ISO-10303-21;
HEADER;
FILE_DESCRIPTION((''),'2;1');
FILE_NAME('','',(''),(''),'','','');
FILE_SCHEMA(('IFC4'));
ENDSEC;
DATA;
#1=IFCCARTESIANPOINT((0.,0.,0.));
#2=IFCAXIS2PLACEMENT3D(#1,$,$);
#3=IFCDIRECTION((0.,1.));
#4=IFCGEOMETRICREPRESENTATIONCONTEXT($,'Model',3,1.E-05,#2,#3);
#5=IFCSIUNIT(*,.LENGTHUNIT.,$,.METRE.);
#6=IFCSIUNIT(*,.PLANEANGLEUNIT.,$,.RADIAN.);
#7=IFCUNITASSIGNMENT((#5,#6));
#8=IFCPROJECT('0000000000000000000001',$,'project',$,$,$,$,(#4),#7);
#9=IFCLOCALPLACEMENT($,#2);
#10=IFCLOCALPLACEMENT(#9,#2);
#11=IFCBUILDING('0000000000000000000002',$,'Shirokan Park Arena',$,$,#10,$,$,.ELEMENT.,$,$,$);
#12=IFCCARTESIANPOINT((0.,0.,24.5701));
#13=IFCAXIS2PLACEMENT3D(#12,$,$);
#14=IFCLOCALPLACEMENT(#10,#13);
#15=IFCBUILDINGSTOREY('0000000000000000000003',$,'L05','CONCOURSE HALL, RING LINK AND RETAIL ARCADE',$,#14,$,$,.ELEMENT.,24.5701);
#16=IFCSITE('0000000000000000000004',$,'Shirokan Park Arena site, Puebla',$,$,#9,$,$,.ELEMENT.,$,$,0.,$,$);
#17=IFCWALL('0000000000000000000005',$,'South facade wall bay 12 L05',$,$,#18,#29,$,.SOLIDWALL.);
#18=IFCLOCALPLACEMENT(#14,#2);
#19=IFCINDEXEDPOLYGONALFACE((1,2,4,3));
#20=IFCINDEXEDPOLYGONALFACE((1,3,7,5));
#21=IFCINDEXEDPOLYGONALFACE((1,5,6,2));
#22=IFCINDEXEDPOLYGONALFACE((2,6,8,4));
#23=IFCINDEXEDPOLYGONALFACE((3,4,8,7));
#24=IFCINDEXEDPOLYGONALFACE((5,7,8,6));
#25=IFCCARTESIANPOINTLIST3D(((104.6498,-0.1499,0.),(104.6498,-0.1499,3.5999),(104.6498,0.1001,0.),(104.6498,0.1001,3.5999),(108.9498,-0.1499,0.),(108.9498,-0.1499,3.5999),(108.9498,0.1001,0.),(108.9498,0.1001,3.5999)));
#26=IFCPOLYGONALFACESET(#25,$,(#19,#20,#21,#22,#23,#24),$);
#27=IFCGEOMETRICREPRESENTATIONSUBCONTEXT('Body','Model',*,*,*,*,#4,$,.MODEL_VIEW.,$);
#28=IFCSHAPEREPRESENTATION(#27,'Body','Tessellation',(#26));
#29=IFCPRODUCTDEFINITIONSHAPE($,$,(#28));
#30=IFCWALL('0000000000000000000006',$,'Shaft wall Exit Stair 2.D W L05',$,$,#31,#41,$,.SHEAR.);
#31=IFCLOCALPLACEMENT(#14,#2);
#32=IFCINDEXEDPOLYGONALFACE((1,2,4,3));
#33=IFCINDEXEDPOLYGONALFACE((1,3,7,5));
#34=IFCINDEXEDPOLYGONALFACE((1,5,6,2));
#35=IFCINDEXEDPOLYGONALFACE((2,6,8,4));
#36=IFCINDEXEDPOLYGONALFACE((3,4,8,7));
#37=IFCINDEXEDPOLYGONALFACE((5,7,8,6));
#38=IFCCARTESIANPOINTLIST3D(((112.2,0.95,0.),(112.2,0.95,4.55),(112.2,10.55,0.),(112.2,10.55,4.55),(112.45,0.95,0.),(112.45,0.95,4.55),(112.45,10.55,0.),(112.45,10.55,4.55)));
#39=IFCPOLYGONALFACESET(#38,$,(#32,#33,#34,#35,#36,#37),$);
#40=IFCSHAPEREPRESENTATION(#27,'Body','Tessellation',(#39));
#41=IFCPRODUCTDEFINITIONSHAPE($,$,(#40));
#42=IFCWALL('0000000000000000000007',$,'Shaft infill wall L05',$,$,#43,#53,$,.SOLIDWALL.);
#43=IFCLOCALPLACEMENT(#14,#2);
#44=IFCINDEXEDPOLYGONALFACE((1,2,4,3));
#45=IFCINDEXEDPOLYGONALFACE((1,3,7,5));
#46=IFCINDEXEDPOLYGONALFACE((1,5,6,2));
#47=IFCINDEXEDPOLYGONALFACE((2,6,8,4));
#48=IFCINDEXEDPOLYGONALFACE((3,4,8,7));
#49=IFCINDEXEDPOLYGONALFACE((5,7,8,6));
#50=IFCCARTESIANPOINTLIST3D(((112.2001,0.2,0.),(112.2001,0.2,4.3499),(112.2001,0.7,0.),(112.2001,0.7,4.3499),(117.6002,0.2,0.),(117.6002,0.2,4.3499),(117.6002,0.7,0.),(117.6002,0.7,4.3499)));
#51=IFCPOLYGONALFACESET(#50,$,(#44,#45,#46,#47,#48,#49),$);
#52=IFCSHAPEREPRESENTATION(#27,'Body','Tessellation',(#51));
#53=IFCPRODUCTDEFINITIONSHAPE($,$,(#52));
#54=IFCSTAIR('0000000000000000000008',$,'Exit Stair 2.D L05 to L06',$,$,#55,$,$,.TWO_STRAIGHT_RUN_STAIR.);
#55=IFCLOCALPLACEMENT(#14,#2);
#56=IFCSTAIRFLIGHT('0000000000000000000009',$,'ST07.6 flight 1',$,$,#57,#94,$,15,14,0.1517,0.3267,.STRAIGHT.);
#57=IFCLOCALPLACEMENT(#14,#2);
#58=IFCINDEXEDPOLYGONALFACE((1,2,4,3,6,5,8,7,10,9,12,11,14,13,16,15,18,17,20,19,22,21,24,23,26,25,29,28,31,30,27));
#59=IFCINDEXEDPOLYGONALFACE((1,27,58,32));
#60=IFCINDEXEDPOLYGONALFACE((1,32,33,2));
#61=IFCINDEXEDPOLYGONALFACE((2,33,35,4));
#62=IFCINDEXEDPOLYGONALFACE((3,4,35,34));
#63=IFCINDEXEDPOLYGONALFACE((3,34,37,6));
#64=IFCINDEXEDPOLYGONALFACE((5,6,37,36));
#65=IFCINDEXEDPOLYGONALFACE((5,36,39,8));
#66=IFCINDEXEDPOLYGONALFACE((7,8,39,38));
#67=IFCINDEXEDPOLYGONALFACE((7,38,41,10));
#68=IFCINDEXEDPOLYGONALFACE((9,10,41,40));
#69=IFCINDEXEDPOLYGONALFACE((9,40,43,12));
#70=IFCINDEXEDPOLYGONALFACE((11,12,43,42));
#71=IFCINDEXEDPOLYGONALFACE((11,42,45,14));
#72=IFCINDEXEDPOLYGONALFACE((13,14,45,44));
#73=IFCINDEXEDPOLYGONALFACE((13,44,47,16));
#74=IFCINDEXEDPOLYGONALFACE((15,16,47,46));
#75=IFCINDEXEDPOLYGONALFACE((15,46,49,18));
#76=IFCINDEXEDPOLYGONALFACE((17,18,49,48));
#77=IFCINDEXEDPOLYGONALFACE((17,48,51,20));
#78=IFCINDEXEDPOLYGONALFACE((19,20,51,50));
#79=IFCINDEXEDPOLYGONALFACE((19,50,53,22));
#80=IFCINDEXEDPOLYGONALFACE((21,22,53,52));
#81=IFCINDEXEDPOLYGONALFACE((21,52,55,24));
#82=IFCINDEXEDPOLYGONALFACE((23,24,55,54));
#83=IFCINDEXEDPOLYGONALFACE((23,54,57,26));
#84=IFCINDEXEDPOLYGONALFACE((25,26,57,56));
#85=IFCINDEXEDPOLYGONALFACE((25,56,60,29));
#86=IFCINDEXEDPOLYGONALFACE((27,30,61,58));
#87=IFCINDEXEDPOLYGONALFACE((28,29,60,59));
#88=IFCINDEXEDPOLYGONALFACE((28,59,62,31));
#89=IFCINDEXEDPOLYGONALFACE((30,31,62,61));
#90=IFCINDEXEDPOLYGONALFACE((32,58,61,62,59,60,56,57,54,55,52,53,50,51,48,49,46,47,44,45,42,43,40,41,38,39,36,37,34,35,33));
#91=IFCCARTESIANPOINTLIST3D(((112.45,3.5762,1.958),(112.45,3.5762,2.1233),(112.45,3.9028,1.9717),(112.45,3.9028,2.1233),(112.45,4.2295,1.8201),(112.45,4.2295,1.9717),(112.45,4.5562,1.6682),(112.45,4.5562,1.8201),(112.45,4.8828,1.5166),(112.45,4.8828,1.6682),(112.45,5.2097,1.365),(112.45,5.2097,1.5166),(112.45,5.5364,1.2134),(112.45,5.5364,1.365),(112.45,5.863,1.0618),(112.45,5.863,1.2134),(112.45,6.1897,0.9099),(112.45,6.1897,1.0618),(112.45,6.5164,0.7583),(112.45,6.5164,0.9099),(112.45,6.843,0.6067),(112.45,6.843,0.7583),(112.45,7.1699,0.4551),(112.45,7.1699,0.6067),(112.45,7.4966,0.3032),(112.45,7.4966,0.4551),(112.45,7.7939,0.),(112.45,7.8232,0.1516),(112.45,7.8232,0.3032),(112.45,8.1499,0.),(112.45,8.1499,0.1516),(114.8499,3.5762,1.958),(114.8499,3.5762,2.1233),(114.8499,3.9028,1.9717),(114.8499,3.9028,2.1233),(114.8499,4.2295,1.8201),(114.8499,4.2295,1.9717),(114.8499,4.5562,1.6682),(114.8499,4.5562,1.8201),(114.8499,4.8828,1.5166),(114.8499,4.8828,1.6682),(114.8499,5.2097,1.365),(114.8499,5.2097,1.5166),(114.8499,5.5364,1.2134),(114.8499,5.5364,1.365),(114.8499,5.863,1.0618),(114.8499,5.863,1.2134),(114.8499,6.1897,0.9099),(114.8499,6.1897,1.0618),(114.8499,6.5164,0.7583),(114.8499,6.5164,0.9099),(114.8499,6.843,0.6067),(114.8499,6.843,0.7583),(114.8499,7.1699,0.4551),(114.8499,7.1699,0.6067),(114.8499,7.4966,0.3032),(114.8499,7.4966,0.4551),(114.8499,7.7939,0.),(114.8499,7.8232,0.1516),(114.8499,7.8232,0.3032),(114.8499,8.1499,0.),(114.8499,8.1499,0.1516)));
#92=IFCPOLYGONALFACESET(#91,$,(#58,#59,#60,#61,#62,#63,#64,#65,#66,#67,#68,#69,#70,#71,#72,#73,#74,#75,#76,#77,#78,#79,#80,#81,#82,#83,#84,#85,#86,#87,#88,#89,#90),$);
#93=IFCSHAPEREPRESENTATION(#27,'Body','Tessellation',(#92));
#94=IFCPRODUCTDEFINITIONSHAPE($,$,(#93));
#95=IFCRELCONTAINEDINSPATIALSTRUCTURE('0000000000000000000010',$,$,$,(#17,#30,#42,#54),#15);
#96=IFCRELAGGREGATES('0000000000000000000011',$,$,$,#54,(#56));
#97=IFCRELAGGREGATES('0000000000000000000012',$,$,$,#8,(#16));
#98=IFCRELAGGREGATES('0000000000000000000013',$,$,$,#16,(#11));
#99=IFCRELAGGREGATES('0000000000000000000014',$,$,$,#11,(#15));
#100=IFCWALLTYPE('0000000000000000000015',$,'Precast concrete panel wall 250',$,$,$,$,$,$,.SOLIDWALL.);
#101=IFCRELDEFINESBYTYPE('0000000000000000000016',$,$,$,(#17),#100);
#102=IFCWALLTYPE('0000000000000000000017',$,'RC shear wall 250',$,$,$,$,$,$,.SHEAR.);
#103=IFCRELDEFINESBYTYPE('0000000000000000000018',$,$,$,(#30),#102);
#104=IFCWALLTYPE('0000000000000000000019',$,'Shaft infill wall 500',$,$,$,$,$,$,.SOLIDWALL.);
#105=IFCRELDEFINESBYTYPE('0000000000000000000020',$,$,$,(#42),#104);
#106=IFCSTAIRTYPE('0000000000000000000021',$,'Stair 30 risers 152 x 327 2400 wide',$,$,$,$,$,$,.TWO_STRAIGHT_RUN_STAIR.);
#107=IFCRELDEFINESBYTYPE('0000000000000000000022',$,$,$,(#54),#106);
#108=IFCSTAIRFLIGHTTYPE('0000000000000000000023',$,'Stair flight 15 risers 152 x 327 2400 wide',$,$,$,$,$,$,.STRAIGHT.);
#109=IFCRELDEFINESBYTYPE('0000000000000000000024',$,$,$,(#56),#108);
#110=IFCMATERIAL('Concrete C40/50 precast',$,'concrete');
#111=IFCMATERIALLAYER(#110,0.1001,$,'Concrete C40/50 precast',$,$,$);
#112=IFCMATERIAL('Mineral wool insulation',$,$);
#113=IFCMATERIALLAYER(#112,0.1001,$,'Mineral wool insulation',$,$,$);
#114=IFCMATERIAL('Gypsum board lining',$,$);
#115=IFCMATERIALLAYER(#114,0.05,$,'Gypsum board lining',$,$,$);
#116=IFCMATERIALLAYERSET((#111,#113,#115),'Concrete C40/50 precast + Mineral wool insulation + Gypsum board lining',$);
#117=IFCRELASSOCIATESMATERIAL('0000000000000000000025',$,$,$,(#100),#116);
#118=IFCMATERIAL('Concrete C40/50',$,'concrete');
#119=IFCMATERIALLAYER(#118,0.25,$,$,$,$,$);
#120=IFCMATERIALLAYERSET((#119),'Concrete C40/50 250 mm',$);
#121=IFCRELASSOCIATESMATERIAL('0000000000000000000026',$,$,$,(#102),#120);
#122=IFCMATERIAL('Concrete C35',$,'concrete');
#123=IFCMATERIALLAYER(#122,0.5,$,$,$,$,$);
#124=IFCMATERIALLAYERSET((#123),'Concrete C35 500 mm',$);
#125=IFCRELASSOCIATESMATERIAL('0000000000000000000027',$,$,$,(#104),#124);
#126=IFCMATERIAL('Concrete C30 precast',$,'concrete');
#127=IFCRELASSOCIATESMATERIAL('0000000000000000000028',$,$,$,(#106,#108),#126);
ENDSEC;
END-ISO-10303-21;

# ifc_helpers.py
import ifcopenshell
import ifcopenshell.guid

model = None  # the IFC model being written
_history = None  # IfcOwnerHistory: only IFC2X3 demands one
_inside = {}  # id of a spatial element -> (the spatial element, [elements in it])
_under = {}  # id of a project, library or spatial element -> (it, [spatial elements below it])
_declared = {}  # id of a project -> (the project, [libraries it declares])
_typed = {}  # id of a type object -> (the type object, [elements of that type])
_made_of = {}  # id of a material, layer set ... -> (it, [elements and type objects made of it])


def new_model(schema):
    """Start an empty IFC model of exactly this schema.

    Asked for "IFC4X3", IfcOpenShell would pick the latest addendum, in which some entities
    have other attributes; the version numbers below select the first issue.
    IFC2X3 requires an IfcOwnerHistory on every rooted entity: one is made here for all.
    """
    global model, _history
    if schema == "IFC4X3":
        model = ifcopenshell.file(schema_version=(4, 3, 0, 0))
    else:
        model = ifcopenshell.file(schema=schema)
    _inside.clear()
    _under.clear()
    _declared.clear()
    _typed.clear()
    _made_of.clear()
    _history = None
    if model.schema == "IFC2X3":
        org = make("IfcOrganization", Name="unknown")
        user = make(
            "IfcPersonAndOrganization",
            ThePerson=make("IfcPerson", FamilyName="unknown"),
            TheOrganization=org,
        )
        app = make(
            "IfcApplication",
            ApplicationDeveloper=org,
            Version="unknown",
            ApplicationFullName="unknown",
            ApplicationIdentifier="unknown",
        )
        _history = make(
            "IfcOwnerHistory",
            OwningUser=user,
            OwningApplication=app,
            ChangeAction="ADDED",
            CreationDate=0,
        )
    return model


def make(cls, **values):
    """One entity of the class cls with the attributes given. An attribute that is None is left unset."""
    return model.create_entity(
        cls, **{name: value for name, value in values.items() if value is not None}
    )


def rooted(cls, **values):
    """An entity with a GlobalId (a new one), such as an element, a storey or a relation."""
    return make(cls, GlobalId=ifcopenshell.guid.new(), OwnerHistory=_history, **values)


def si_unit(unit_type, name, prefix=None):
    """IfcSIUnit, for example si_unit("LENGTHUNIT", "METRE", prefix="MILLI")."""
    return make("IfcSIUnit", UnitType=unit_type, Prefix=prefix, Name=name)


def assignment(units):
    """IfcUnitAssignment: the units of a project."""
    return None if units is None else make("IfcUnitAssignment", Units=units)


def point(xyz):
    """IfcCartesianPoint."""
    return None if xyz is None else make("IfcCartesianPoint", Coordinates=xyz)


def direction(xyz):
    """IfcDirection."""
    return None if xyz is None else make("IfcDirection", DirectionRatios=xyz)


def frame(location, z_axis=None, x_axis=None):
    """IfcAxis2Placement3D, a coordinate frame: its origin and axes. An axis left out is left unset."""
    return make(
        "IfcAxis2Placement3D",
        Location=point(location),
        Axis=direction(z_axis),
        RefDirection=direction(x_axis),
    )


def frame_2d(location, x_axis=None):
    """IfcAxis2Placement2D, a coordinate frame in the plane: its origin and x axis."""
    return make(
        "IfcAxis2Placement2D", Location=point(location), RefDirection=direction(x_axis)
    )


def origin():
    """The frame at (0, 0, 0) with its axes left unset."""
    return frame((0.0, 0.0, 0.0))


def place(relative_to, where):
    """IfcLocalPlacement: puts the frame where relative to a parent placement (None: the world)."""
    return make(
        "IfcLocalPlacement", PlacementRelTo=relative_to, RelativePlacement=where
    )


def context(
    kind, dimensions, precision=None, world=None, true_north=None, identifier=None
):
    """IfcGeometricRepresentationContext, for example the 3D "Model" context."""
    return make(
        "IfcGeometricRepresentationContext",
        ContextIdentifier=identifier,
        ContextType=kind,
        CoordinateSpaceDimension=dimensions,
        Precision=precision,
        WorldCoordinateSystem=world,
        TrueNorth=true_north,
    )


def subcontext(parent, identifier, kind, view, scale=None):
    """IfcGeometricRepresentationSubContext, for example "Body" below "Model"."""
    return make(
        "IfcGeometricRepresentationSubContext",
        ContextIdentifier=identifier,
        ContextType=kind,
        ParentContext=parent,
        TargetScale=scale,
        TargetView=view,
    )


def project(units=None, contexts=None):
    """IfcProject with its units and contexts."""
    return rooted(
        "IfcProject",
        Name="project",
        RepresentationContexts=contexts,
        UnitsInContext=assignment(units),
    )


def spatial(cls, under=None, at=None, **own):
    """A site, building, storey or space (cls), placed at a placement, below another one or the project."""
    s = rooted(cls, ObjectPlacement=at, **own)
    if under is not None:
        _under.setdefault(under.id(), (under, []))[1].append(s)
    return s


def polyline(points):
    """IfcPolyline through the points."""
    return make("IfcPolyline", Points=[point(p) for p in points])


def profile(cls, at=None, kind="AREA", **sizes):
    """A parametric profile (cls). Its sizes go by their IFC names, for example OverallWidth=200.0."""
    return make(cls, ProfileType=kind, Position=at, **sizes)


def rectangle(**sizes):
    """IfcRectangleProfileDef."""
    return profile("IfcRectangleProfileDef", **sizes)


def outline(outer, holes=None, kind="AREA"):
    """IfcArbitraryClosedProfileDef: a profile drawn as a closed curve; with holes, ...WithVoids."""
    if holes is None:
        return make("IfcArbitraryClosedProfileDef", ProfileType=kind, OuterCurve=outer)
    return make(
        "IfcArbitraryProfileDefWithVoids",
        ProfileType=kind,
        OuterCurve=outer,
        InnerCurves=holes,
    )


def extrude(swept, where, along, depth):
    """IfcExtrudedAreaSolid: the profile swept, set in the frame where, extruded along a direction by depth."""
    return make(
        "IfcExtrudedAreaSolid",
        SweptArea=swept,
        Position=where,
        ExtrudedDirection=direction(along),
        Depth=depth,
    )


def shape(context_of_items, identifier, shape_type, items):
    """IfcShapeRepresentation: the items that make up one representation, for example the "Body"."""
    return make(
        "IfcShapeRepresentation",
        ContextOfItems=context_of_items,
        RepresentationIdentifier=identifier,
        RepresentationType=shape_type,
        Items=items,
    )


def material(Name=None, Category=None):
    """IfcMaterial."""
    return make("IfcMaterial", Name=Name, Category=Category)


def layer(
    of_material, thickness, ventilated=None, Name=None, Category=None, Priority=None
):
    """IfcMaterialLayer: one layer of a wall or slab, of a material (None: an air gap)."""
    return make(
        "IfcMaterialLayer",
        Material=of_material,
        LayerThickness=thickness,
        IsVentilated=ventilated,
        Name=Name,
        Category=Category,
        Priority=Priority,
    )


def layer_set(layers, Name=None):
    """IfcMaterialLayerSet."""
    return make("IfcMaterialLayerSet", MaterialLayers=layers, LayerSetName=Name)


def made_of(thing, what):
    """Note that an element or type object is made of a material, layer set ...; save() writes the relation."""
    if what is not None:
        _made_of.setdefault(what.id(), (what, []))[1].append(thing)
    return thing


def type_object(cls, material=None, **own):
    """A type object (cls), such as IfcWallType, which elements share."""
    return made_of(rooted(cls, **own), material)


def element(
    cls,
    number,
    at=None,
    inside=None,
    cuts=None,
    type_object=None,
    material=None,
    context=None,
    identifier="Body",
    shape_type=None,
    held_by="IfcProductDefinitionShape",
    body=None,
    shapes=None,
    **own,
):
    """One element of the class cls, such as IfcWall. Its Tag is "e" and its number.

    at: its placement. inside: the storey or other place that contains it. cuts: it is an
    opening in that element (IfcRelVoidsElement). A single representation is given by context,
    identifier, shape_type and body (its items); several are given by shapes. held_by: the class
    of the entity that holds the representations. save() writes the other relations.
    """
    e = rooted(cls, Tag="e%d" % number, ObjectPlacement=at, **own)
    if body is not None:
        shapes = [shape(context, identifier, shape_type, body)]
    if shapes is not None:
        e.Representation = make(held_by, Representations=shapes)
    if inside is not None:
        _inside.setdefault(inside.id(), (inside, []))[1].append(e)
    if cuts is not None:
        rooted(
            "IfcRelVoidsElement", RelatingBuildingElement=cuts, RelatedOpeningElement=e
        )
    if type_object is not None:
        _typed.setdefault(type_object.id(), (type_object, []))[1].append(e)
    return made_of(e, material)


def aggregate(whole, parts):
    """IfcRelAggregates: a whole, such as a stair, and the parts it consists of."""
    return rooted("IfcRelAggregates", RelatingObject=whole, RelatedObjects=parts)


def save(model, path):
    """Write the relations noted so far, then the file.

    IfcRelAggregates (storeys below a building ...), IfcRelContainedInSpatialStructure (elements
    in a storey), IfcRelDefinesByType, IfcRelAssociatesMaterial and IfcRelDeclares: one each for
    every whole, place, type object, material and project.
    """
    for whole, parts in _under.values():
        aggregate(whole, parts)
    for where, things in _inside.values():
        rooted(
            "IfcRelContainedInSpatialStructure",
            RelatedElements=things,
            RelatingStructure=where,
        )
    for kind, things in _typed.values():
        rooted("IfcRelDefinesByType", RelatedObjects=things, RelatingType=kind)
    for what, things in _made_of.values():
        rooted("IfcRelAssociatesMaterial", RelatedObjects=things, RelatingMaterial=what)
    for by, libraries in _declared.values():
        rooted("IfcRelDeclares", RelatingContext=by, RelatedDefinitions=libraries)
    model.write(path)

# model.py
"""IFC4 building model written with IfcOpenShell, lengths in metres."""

from ifc_helpers import new_model, si_unit, direction, frame, frame_2d, origin, place, context, subcontext, project, spatial, polyline, rectangle, outline, extrude, material, layer, layer_set, type_object, element, aggregate, save


model = new_model("IFC4")

# Units and contexts
model_context = context("Model", 3, precision=1e-05, world=origin(), true_north=direction((0.0, 1.0)))
body_context = subcontext(model_context, "Body", "Model", "MODEL_VIEW")
ifc_project = project(units=[si_unit("LENGTHUNIT", "METRE"), si_unit("PLANEANGLEUNIT", "RADIAN")], contexts=[model_context])

# Site, building, storey
site_placement = place(None, origin())
site = spatial("IfcSite", under=ifc_project, at=site_placement, Name="Shirokan Park Arena site, Puebla", CompositionType="ELEMENT", RefElevation=0.0)
building_placement = place(site_placement, origin())
building = spatial("IfcBuilding", under=site, at=building_placement, Name="Shirokan Park Arena", CompositionType="ELEMENT")
storey_placement = place(building_placement, frame((0.0, 0.0, 24.5701)))
storey = spatial("IfcBuildingStorey", under=building, at=storey_placement, Name="L05", Description="CONCOURSE HALL, RING LINK AND RETAIL ARCADE", CompositionType="ELEMENT", Elevation=24.5701)

# Shared definitions
ifc_material_1 = material(Name="Concrete C35", Category="concrete")

# Shared definitions
ifc_material_2 = material(Name="Mineral wool insulation")

# Walls
ifc_material_3 = material(Name="Gypsum board lining")
ifc_material_4 = material(Name="Concrete C40/50 precast", Category="concrete")
ifc_layer_1 = layer(ifc_material_4, 0.1001, Name="Concrete C40/50 precast")
ifc_layer_2 = layer(ifc_material_2, 0.1001, Name="Mineral wool insulation")
ifc_layer_3 = layer(ifc_material_3, 0.05, Name="Gypsum board lining")
ifc_layer_set_1 = layer_set([ifc_layer_1, ifc_layer_2, ifc_layer_3], Name="Concrete C40/50 precast + Mineral wool insulation + Gypsum board lining")
wall_type_1 = type_object("IfcWallType", Name="Precast concrete panel wall 250", PredefinedType="SOLIDWALL", material=ifc_layer_set_1)
wall_1_placement = place(storey_placement, frame((104.6499, -0.0249, 0.0), z_axis=(0.0, 0.0, 1.0), x_axis=(1.0, 0.0, 0.0)))
element("IfcWall", 1, at=wall_1_placement, inside=storey, type_object=wall_type_1, Name="South facade wall bay 12 L05", PredefinedType="SOLIDWALL", context=body_context, shape_type="SweptSolid", body=[
    extrude(rectangle(XDim=4.3, YDim=0.25, at=frame_2d((2.1499, 0.0))), origin(), (0.0, 0.0, 1.0), 3.5999),
])
ifc_material_5 = material(Name="Concrete C40/50", Category="concrete")
ifc_layer_4 = layer(ifc_material_5, 0.25)
ifc_layer_set_2 = layer_set([ifc_layer_4], Name="Concrete C40/50 250 mm")
wall_type_2 = type_object("IfcWallType", Name="RC shear wall 250", PredefinedType="SHEAR", material=ifc_layer_set_2)
wall_2_placement = place(storey_placement, frame((112.325, 10.55, 0.0), z_axis=(0.0, 0.0, 1.0), x_axis=(0.0, -1.0, 0.0)))
element("IfcWall", 2, at=wall_2_placement, inside=storey, type_object=wall_type_2, Name="Shaft wall Exit Stair 2.D W L05", PredefinedType="SHEAR", context=body_context, shape_type="SweptSolid", body=[
    extrude(rectangle(XDim=9.6001, YDim=0.25, at=frame_2d((4.8, 0.0))), origin(), (0.0, 0.0, 1.0), 4.55),
])
ifc_layer_5 = layer(ifc_material_1, 0.5)
ifc_layer_set_3 = layer_set([ifc_layer_5], Name="Concrete C35 500 mm")
wall_type_3 = type_object("IfcWallType", Name="Shaft infill wall 500", PredefinedType="SOLIDWALL", material=ifc_layer_set_3)
wall_3_placement = place(storey_placement, frame((112.2, 0.45, 0.0), z_axis=(0.0, 0.0, 1.0), x_axis=(1.0, 0.0, 0.0)))
element("IfcWall", 3, at=wall_3_placement, inside=storey, type_object=wall_type_3, Name="Shaft infill wall L05", PredefinedType="SOLIDWALL", context=body_context, shape_type="SweptSolid", body=[
    extrude(rectangle(XDim=5.4001, YDim=0.5, at=frame_2d((2.7002, 0.0))), origin(), (0.0, 0.0, 1.0), 4.3499),
])

# Stair, stair flight
ifc_material_6 = material(Name="Concrete C30 precast", Category="concrete")
stair_type = type_object("IfcStairType", Name="Stair 30 risers 152 x 327 2400 wide", PredefinedType="TWO_STRAIGHT_RUN_STAIR", material=ifc_material_6)
stair_placement = place(storey_placement, origin())
stair = element("IfcStair", 4, at=stair_placement, inside=storey, type_object=stair_type, Name="Exit Stair 2.D L05 to L06", PredefinedType="TWO_STRAIGHT_RUN_STAIR")
stair_flight_type = type_object("IfcStairFlightType", Name="Stair flight 15 risers 152 x 327 2400 wide", PredefinedType="STRAIGHT", material=ifc_material_6)
stair_flight_placement = place(storey_placement, frame((113.6499, 8.1499, 0.0), z_axis=(0.0, 0.0, 1.0), x_axis=(0.0, -1.0, 0.0)))
stair_flight = element("IfcStairFlight", 5, at=stair_flight_placement, type_object=stair_flight_type, Name="ST07.6 flight 1", NumberOfRisers=15, NumberOfTreads=14, PredefinedType="STRAIGHT", RiserHeight=0.1517, TreadLength=0.3267, context=body_context, shape_type="SweptSolid", body=[
    extrude(outline(polyline([(0.0, 0.0), (0.0, 0.1516), (0.3267, 0.1516), (0.3267, 0.3032), (0.6533, 0.3032), (0.6533, 0.4551), (0.98, 0.4551), (0.98, 0.6067), (1.3069, 0.6067), (1.3069, 0.7583), (1.6335, 0.7583), (1.6335, 0.9099), (1.9602, 0.9099), (1.9602, 1.0618), (2.2869, 1.0618), (2.2869, 1.2134), (2.6135, 1.2134), (2.6135, 1.365), (2.9402, 1.365), (2.9402, 1.5166), (3.2671, 1.5166), (3.2671, 1.6682), (3.5938, 1.6682), (3.5938, 1.8201), (3.9204, 1.8201), (3.9204, 1.9717), (4.2471, 1.9717), (4.2471, 2.1233), (4.5737, 2.1233), (4.5737, 2.2749), (4.5737, 1.958), (0.356, 0.0), (0.0, 0.0)])), frame((0.0, 1.2, 0.0), z_axis=(0.0, -1.0, 0.0), x_axis=(1.0, 0.0, 0.0)), (0.0, 0.0, 1.0), 2.3999),
])
aggregate(stair, [stair_flight])

save(model, "model.ifc")
